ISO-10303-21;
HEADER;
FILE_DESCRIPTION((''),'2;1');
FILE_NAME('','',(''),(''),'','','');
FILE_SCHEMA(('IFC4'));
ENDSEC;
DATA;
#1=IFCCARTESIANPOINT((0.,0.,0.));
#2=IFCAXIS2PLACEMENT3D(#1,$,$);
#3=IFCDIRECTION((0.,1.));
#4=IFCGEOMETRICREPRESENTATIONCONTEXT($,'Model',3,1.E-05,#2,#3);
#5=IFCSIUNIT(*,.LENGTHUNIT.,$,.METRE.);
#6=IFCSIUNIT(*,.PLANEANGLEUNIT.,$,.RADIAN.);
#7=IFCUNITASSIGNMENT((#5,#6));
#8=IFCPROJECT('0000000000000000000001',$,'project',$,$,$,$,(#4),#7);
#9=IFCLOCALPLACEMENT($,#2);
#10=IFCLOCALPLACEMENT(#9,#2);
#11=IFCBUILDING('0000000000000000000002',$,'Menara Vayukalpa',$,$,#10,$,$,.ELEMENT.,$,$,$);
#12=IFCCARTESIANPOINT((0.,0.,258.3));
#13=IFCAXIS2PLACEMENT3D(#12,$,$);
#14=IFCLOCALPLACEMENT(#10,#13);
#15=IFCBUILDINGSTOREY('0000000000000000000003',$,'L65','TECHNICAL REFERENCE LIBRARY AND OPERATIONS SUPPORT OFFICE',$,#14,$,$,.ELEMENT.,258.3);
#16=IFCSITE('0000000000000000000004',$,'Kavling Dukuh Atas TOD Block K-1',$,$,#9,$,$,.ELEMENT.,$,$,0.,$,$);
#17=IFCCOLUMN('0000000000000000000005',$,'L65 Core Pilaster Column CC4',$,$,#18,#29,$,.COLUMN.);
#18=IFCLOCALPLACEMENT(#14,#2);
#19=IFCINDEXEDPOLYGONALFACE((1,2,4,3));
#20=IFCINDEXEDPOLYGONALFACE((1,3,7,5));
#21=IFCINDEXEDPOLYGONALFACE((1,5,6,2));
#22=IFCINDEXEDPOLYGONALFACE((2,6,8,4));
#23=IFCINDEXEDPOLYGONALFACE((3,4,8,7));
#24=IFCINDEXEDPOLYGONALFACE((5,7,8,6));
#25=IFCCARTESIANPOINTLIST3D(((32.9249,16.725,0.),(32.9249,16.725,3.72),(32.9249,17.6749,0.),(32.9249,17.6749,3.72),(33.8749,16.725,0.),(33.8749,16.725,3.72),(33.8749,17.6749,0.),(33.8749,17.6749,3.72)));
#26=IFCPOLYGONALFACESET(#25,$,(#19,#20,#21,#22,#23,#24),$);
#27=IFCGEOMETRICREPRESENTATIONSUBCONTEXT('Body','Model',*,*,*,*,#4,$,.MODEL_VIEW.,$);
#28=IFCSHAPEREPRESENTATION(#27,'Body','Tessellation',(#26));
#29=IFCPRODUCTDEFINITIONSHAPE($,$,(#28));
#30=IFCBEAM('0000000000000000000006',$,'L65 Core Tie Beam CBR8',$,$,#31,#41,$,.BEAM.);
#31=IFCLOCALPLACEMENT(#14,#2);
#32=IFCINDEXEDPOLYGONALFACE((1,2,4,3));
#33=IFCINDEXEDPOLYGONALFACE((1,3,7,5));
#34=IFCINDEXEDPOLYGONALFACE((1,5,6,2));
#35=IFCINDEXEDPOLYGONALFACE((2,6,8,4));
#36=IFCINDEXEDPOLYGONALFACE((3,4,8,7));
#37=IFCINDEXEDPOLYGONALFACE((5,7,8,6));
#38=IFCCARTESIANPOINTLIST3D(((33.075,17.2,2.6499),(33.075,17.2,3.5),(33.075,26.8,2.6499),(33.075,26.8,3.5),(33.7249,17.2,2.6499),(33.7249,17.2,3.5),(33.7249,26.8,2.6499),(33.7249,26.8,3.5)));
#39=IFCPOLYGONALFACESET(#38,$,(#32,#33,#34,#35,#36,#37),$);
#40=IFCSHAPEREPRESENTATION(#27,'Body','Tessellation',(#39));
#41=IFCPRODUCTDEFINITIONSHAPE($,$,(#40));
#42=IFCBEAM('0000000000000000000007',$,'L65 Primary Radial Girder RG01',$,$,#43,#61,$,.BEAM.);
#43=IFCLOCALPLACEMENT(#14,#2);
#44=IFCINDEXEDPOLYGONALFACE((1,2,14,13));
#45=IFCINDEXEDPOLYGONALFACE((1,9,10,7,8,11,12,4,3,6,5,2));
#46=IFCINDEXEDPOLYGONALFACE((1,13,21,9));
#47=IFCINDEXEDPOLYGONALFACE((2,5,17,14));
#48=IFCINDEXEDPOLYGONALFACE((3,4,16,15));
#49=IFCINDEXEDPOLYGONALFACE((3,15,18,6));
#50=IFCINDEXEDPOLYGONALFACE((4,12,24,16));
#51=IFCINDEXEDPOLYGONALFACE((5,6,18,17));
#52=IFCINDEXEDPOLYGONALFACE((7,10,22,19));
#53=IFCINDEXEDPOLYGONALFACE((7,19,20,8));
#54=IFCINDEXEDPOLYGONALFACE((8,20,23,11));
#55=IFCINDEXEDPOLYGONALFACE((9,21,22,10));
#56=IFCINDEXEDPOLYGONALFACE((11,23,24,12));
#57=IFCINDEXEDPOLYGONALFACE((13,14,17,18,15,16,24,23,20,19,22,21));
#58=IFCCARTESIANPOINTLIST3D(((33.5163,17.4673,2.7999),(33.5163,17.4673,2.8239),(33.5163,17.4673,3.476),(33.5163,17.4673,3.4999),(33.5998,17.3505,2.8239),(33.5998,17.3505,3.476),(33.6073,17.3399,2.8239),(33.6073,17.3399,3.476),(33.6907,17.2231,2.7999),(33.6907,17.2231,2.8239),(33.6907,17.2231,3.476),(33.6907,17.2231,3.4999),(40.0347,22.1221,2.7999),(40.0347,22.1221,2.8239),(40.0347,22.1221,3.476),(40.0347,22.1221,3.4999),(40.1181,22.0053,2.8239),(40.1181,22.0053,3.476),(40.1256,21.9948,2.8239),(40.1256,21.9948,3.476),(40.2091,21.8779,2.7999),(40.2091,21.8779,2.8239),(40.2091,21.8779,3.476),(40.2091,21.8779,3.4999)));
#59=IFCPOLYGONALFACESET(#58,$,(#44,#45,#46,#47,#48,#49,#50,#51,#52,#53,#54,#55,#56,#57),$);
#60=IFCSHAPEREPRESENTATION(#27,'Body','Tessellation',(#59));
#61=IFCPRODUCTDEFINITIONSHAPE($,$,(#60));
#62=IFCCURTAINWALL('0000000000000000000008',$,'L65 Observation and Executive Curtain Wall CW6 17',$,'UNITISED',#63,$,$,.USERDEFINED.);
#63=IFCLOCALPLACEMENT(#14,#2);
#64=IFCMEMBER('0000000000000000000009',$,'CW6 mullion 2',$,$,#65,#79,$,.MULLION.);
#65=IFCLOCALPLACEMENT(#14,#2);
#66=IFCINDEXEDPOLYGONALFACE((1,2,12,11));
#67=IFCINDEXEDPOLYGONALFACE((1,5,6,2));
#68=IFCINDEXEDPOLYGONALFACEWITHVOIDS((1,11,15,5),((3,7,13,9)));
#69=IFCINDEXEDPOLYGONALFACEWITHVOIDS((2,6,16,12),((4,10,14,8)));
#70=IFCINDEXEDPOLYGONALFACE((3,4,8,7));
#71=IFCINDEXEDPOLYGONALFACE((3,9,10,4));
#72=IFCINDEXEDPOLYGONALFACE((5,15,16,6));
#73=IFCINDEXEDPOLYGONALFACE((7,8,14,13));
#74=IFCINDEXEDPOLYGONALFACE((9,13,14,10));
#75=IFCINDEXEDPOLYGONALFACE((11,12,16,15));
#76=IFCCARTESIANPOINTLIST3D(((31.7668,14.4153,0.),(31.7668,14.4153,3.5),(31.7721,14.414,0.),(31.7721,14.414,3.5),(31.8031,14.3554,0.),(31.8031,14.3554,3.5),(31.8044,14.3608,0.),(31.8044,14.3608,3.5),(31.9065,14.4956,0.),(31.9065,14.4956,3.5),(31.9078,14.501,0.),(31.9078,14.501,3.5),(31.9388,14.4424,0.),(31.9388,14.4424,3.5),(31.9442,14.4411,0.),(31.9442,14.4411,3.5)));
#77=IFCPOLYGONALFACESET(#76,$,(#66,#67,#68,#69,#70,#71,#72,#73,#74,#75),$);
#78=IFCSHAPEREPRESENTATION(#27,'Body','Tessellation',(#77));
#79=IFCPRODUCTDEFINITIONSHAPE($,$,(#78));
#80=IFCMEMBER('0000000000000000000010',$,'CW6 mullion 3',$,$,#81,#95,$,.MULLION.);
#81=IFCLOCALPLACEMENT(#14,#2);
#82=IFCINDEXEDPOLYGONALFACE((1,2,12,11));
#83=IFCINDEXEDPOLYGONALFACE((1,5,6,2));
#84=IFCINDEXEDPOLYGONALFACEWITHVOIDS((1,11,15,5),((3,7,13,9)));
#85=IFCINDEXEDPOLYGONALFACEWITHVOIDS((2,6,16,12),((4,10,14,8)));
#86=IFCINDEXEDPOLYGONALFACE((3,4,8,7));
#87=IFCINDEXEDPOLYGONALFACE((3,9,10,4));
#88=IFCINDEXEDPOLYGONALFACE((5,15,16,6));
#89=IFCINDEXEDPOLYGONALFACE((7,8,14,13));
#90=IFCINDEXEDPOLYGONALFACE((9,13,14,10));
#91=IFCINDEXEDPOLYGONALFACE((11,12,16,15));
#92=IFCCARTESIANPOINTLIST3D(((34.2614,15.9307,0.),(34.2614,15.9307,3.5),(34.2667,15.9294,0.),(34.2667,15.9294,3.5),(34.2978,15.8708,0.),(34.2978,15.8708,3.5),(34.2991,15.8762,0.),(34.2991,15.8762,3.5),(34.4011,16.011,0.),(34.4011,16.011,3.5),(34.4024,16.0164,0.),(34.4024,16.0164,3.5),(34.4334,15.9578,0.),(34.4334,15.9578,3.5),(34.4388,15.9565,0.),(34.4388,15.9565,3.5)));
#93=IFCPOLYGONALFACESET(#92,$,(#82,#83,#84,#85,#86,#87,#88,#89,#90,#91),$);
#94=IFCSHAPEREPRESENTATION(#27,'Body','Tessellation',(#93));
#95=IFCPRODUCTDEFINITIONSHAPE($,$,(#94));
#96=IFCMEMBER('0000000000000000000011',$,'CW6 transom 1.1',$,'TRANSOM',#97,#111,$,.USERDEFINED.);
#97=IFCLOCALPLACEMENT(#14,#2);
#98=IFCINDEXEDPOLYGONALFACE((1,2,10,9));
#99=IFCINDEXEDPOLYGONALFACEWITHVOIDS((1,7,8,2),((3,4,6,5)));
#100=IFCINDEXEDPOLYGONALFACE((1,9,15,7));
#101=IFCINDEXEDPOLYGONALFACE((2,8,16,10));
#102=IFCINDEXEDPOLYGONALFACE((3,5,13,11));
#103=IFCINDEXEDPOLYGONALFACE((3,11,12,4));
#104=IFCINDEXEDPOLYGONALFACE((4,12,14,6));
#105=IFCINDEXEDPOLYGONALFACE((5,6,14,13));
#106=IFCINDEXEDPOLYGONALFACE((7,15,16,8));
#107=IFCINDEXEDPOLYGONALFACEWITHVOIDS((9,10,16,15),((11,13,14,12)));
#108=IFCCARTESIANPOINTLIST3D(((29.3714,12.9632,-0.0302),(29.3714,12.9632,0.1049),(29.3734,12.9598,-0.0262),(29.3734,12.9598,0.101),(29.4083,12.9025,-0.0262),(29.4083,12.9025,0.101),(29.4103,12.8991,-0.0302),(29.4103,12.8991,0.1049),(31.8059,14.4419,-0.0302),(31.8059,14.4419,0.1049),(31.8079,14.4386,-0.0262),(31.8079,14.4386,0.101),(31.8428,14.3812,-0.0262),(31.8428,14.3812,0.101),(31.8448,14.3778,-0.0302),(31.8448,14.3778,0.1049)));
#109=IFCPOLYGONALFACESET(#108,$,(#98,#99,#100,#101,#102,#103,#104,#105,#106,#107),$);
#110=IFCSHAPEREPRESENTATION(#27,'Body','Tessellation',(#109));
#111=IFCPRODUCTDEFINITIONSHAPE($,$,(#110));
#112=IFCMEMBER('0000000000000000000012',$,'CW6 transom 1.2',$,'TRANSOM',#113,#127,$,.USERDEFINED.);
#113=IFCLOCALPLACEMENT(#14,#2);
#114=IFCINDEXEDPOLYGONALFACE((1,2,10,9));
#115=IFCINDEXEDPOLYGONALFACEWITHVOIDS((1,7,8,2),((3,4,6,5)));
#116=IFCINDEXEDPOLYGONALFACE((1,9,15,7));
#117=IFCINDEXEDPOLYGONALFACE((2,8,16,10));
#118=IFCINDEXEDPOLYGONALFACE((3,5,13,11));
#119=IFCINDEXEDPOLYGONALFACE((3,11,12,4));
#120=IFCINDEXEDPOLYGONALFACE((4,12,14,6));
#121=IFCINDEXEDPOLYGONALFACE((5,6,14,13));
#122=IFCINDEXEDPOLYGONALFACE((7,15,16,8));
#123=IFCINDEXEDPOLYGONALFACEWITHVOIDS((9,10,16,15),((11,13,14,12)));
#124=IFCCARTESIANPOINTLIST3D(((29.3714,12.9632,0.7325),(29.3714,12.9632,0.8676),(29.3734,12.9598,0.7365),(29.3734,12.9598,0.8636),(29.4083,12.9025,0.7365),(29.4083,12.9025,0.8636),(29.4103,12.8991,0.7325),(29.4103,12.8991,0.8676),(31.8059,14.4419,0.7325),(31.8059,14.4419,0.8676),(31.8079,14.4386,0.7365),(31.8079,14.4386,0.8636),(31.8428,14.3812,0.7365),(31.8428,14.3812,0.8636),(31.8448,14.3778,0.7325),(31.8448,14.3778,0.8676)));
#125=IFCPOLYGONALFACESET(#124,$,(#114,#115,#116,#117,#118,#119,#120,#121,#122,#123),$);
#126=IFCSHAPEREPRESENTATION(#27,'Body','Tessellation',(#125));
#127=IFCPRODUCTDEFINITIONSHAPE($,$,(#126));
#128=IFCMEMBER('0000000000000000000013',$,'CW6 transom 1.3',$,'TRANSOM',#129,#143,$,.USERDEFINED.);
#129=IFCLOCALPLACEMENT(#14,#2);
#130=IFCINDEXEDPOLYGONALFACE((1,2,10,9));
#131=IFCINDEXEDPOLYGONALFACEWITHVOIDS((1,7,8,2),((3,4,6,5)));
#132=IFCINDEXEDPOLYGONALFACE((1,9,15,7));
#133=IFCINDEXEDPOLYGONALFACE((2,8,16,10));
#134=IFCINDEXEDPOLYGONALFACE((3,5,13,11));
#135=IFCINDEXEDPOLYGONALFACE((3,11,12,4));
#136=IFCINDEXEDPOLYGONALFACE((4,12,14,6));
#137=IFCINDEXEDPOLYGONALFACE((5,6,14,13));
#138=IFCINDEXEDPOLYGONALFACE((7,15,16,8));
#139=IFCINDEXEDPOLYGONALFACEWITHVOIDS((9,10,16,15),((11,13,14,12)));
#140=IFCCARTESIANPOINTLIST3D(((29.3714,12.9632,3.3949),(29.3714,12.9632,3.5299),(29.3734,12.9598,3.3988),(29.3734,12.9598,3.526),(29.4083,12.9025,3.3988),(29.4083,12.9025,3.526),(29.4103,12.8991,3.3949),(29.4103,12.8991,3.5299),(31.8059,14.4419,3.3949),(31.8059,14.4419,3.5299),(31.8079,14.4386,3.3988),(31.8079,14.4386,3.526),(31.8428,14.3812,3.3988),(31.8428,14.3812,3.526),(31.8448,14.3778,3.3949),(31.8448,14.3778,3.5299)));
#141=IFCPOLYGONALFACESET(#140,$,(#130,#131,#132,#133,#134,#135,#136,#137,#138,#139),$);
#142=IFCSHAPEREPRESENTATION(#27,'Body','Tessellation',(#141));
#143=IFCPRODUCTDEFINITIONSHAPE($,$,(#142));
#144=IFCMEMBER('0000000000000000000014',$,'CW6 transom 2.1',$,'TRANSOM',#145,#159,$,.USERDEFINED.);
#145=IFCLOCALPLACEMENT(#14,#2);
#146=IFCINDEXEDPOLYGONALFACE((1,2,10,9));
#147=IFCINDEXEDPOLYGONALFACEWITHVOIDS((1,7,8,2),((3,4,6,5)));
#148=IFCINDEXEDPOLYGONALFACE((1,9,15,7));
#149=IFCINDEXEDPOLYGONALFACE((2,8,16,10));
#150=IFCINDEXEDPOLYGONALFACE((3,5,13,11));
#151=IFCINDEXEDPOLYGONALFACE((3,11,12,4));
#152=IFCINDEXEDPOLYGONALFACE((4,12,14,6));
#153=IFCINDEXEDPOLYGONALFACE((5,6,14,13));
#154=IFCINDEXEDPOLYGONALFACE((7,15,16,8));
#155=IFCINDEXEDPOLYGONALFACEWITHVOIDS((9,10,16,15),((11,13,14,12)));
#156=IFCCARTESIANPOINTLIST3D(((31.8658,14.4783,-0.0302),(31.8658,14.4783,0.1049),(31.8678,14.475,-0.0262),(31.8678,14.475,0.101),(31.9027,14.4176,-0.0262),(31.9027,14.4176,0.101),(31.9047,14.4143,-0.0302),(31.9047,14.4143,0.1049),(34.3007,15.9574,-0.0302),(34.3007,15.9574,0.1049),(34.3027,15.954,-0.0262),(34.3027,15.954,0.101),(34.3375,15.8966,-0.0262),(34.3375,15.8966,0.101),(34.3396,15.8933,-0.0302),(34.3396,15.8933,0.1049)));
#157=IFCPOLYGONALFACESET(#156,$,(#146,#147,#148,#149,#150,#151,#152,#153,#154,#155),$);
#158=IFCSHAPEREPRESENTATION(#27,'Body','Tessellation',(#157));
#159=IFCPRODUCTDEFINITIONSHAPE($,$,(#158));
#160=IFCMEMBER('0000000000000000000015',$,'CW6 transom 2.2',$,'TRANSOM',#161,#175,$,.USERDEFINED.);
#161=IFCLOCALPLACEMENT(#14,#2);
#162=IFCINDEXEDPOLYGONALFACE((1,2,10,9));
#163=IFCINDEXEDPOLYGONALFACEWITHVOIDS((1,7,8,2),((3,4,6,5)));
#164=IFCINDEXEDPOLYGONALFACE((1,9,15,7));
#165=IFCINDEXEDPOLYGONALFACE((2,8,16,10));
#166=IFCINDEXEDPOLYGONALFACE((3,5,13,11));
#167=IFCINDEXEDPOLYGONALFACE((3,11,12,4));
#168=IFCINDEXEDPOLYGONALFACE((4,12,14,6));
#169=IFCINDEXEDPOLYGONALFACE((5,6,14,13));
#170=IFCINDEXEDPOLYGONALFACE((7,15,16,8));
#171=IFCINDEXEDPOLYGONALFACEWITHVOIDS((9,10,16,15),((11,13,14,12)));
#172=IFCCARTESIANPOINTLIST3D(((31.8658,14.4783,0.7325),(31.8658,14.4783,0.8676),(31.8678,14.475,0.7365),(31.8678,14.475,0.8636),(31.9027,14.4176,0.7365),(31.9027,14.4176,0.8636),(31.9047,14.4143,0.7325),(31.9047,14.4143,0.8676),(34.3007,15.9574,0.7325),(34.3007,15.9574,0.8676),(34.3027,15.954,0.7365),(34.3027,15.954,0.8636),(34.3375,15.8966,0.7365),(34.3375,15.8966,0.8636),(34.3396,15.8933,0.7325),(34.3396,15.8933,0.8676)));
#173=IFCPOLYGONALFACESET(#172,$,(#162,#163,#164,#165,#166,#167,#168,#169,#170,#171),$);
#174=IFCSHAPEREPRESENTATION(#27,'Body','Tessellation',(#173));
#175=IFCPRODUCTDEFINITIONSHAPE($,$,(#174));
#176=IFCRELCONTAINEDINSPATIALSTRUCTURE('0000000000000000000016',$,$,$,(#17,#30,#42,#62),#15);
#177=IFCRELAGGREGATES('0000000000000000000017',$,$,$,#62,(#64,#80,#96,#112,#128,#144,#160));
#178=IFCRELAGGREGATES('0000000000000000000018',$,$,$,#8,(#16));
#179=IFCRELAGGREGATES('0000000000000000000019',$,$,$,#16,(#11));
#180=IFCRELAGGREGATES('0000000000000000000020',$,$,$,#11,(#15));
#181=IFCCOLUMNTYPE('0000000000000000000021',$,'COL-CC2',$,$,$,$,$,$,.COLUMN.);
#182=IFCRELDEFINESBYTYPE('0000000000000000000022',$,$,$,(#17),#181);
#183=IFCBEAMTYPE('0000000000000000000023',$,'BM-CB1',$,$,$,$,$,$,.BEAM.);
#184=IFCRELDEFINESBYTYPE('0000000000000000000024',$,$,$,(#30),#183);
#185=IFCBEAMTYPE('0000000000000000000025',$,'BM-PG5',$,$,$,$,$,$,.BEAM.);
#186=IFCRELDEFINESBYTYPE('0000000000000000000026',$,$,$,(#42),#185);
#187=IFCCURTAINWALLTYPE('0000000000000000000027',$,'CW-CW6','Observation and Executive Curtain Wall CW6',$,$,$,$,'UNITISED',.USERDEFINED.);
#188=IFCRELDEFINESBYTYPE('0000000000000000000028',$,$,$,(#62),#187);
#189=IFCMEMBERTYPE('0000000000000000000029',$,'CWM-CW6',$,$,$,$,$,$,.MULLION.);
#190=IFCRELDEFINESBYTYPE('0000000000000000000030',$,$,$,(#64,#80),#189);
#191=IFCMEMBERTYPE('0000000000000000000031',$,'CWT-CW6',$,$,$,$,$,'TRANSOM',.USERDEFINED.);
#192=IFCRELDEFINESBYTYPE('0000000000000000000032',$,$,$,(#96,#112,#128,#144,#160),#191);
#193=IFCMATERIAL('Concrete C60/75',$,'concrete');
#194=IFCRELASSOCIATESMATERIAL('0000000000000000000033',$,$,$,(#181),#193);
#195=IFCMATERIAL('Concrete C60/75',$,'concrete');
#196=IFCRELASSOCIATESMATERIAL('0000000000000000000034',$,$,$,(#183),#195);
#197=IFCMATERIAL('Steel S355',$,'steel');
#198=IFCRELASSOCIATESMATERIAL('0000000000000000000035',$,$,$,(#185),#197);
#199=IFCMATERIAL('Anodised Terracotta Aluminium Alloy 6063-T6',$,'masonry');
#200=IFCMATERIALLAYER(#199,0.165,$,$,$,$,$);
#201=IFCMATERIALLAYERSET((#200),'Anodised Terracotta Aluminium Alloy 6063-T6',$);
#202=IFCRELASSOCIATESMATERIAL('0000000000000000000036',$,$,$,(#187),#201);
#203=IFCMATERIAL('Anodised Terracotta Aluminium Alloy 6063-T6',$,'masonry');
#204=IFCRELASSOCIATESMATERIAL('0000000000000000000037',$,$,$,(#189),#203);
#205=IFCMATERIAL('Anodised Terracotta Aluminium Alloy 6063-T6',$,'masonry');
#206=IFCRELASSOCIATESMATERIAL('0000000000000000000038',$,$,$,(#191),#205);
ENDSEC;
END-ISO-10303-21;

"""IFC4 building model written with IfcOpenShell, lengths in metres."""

from ifc_helpers import new_model, si_unit, direction, frame, origin, origin_2d, place, context, subcontext, project, spatial, rectangle, hollow_rectangle, i_section, extrude, material, layer, layer_set, material_profile, profile_set, type_object, element, aggregate, save


model = new_model("IFC4")

# Units and contexts
model_context = context("Model", 3, precision=1e-05, world=origin(), true_north=direction((0.0, 1.0)))
body_context = subcontext(model_context, "Body", "Model", "MODEL_VIEW")
ifc_project = project(units=[si_unit("LENGTHUNIT", "METRE"), si_unit("PLANEANGLEUNIT", "RADIAN")], contexts=[model_context])

# Site, building, storey
site_placement = place(None, origin())
site = spatial("IfcSite", under=ifc_project, at=site_placement, Name="Kavling Dukuh Atas TOD Block K-1", CompositionType="ELEMENT", RefElevation=0.0)
building_placement = place(site_placement, origin())
building = spatial("IfcBuilding", under=site, at=building_placement, Name="Menara Vayukalpa", CompositionType="ELEMENT")
storey_placement = place(building_placement, frame((0.0, 0.0, 258.3)))
storey = spatial("IfcBuildingStorey", under=building, at=storey_placement, Name="L65", Description="TECHNICAL REFERENCE LIBRARY AND OPERATIONS SUPPORT OFFICE", CompositionType="ELEMENT", Elevation=258.3)

# Column
ifc_material_1 = material(Name="Concrete C60/75", Category="concrete")
ifc_material_profile_1 = material_profile(ifc_material_1, rectangle(XDim=0.95, YDim=0.95, at=origin_2d()), Name="RC 950x950")
ifc_profile_set_1 = profile_set([ifc_material_profile_1], Name="Concrete C60/75")
column_type = type_object("IfcColumnType", Name="COL-CC2", PredefinedType="COLUMN", material=ifc_profile_set_1)
column_placement = place(storey_placement, frame((33.3999, 17.2, 0.0), z_axis=(0.0, 0.0, 1.0), x_axis=(1.0, 0.0, 0.0)))
element("IfcColumn", 1, at=column_placement, inside=storey, type_object=column_type, Name="L65 Core Pilaster Column CC4", PredefinedType="COLUMN", context=body_context, shape_type="SweptSolid", body=[
    extrude(rectangle(XDim=0.95, YDim=0.95, at=origin_2d()), origin(), (0.0, 0.0, 1.0), 3.72),
])

# Beams
ifc_material_2 = material(Name="Concrete C60/75", Category="concrete")
ifc_material_profile_2 = material_profile(ifc_material_2, rectangle(XDim=0.6499, YDim=0.8501, at=origin_2d()), Name="RC 650x850")
ifc_profile_set_2 = profile_set([ifc_material_profile_2], Name="Concrete C60/75")
beam_type_1 = type_object("IfcBeamType", Name="BM-CB1", PredefinedType="BEAM", material=ifc_profile_set_2)
beam_1_placement = place(storey_placement, frame((33.3999, 17.2, 3.075), z_axis=(0.0, 1.0, 0.0), x_axis=(-1.0, 0.0, 0.0)))
element("IfcBeam", 2, at=beam_1_placement, inside=storey, type_object=beam_type_1, Name="L65 Core Tie Beam CBR8", PredefinedType="BEAM", context=body_context, shape_type="SweptSolid", body=[
    extrude(rectangle(XDim=0.6499, YDim=0.8501, at=origin_2d()), origin(), (0.0, 0.0, 1.0), 9.6001),
])
ifc_material_3 = material(Name="Steel S355", Category="steel")
ifc_material_profile_3 = material_profile(ifc_material_3, i_section(OverallWidth=0.3, OverallDepth=0.7, WebThickness=0.0129, FlangeThickness=0.0239, at=origin_2d()), Name="WF 700x300x13x24")
ifc_profile_set_3 = profile_set([ifc_material_profile_3], Name="Steel S355")
beam_type_2 = type_object("IfcBeamType", Name="BM-PG5", PredefinedType="BEAM", material=ifc_profile_set_3)
beam_2_placement = place(storey_placement, frame((33.6035, 17.3452, 3.1499), z_axis=(0.813801, 0.581143, 0.0), x_axis=(-0.581143, 0.813801, 0.0)))
element("IfcBeam", 3, at=beam_2_placement, inside=storey, type_object=beam_type_2, Name="L65 Primary Radial Girder RG01", PredefinedType="BEAM", context=body_context, shape_type="SweptSolid", body=[
    extrude(i_section(OverallWidth=0.3, OverallDepth=0.7, WebThickness=0.0129, FlangeThickness=0.0239, at=origin_2d()), origin(), (0.0, 0.0, 1.0), 8.0098),
])

# Curtain wall, members
ifc_material_4 = material(Name="Anodised Terracotta Aluminium Alloy 6063-T6", Category="masonry")
ifc_layer_1 = layer(ifc_material_4, 0.165)
ifc_layer_set_1 = layer_set([ifc_layer_1], Name="Anodised Terracotta Aluminium Alloy 6063-T6")
curtain_wall_type = type_object("IfcCurtainWallType", Name="CW-CW6", Description="Observation and Executive Curtain Wall CW6", ElementType="UNITISED", PredefinedType="USERDEFINED", material=ifc_layer_set_1)
curtain_wall_placement = place(storey_placement, origin())
curtain_wall = element("IfcCurtainWall", 4, at=curtain_wall_placement, inside=storey, type_object=curtain_wall_type, Name="L65 Observation and Executive Curtain Wall CW6 17", ObjectType="UNITISED", PredefinedType="USERDEFINED")
ifc_material_5 = material(Name="Anodised Terracotta Aluminium Alloy 6063-T6", Category="masonry")
ifc_material_profile_4 = material_profile(ifc_material_5, hollow_rectangle(XDim=0.0701, YDim=0.165, WallThickness=0.0039, at=origin_2d()), Name="ALU 70x165x4")
ifc_profile_set_4 = profile_set([ifc_material_profile_4], Name="Anodised Terracotta Aluminium Alloy 6063-T6")
member_type_1 = type_object("IfcMemberType", Name="CWM-CW6", PredefinedType="MULLION", material=ifc_profile_set_4)
member_1_placement = place(storey_placement, frame((31.8555, 14.4282, 0.0), z_axis=(0.0, 0.0, 1.0), x_axis=(-0.519176, 0.854668, 0.0)))
member_1 = element("IfcMember", 5, at=member_1_placement, type_object=member_type_1, Name="CW6 mullion 2", PredefinedType="MULLION", context=body_context, shape_type="SweptSolid", body=[
    extrude(hollow_rectangle(XDim=0.0701, YDim=0.165, WallThickness=0.0039, at=origin_2d()), origin(), (0.0, 0.0, 1.0), 3.5),
])
member_2_placement = place(storey_placement, frame((34.3501, 15.9436, 0.0), z_axis=(0.0, 0.0, 1.0), x_axis=(-0.519176, 0.854668, 0.0)))
member_2 = element("IfcMember", 6, at=member_2_placement, type_object=member_type_1, Name="CW6 mullion 3", PredefinedType="MULLION", context=body_context, shape_type="SweptSolid", body=[
    extrude(hollow_rectangle(XDim=0.0701, YDim=0.165, WallThickness=0.0039, at=origin_2d()), origin(), (0.0, 0.0, 1.0), 3.5),
])
ifc_material_6 = material(Name="Anodised Terracotta Aluminium Alloy 6063-T6", Category="masonry")
ifc_material_profile_5 = material_profile(ifc_material_6, hollow_rectangle(XDim=0.075, YDim=0.135, WallThickness=0.0039, at=origin_2d()), Name="ALU 75x135x4")
ifc_profile_set_5 = profile_set([ifc_material_profile_5], Name="Anodised Terracotta Aluminium Alloy 6063-T6")
member_type_2 = type_object("IfcMemberType", Name="CWT-CW6", ElementType="TRANSOM", PredefinedType="USERDEFINED", material=ifc_profile_set_5)
member_3_placement = place(storey_placement, frame((29.3909, 12.9312, 0.0374), z_axis=(0.85469, 0.519139, 0.0), x_axis=(-0.519139, 0.85469, 0.0)))
member_3 = element("IfcMember", 7, at=member_3_placement, type_object=member_type_2, Name="CW6 transom 1.1", ObjectType="TRANSOM", PredefinedType="USERDEFINED", context=body_context, shape_type="SweptSolid", body=[
    extrude(hollow_rectangle(XDim=0.075, YDim=0.135, WallThickness=0.0039, at=origin_2d()), origin(), (0.0, 0.0, 1.0), 2.8484),
])
member_4_placement = place(storey_placement, frame((29.3909, 12.9312, 0.8), z_axis=(0.85469, 0.519139, 0.0), x_axis=(-0.519139, 0.85469, 0.0)))
member_4 = element("IfcMember", 8, at=member_4_placement, type_object=member_type_2, Name="CW6 transom 1.2", ObjectType="TRANSOM", PredefinedType="USERDEFINED", context=body_context, shape_type="SweptSolid", body=[
    extrude(hollow_rectangle(XDim=0.075, YDim=0.135, WallThickness=0.0039, at=origin_2d()), origin(), (0.0, 0.0, 1.0), 2.8484),
])
member_5_placement = place(storey_placement, frame((29.3909, 12.9312, 3.4624), z_axis=(0.85469, 0.519139, 0.0), x_axis=(-0.519139, 0.85469, 0.0)))
member_5 = element("IfcMember", 9, at=member_5_placement, type_object=member_type_2, Name="CW6 transom 1.3", ObjectType="TRANSOM", PredefinedType="USERDEFINED", context=body_context, shape_type="SweptSolid", body=[
    extrude(hollow_rectangle(XDim=0.075, YDim=0.135, WallThickness=0.0039, at=origin_2d()), origin(), (0.0, 0.0, 1.0), 2.8484),
])
member_6_placement = place(storey_placement, frame((31.8853, 14.4463, 0.0374), z_axis=(0.854675, 0.519164, 0.0), x_axis=(-0.519164, 0.854675, 0.0)))
member_6 = element("IfcMember", 10, at=member_6_placement, type_object=member_type_2, Name="CW6 transom 2.1", ObjectType="TRANSOM", PredefinedType="USERDEFINED", context=body_context, shape_type="SweptSolid", body=[
    extrude(hollow_rectangle(XDim=0.075, YDim=0.135, WallThickness=0.0039, at=origin_2d()), origin(), (0.0, 0.0, 1.0), 2.8489),
])
member_7_placement = place(storey_placement, frame((31.8853, 14.4463, 0.8), z_axis=(0.854675, 0.519164, 0.0), x_axis=(-0.519164, 0.854675, 0.0)))
member_7 = element("IfcMember", 11, at=member_7_placement, type_object=member_type_2, Name="CW6 transom 2.2", ObjectType="TRANSOM", PredefinedType="USERDEFINED", context=body_context, shape_type="SweptSolid", body=[
    extrude(hollow_rectangle(XDim=0.075, YDim=0.135, WallThickness=0.0039, at=origin_2d()), origin(), (0.0, 0.0, 1.0), 2.8489),
])
aggregate(curtain_wall, [member_1, member_2, member_3, member_4, member_5, member_6, member_7])

save(model, "model.ifc")
